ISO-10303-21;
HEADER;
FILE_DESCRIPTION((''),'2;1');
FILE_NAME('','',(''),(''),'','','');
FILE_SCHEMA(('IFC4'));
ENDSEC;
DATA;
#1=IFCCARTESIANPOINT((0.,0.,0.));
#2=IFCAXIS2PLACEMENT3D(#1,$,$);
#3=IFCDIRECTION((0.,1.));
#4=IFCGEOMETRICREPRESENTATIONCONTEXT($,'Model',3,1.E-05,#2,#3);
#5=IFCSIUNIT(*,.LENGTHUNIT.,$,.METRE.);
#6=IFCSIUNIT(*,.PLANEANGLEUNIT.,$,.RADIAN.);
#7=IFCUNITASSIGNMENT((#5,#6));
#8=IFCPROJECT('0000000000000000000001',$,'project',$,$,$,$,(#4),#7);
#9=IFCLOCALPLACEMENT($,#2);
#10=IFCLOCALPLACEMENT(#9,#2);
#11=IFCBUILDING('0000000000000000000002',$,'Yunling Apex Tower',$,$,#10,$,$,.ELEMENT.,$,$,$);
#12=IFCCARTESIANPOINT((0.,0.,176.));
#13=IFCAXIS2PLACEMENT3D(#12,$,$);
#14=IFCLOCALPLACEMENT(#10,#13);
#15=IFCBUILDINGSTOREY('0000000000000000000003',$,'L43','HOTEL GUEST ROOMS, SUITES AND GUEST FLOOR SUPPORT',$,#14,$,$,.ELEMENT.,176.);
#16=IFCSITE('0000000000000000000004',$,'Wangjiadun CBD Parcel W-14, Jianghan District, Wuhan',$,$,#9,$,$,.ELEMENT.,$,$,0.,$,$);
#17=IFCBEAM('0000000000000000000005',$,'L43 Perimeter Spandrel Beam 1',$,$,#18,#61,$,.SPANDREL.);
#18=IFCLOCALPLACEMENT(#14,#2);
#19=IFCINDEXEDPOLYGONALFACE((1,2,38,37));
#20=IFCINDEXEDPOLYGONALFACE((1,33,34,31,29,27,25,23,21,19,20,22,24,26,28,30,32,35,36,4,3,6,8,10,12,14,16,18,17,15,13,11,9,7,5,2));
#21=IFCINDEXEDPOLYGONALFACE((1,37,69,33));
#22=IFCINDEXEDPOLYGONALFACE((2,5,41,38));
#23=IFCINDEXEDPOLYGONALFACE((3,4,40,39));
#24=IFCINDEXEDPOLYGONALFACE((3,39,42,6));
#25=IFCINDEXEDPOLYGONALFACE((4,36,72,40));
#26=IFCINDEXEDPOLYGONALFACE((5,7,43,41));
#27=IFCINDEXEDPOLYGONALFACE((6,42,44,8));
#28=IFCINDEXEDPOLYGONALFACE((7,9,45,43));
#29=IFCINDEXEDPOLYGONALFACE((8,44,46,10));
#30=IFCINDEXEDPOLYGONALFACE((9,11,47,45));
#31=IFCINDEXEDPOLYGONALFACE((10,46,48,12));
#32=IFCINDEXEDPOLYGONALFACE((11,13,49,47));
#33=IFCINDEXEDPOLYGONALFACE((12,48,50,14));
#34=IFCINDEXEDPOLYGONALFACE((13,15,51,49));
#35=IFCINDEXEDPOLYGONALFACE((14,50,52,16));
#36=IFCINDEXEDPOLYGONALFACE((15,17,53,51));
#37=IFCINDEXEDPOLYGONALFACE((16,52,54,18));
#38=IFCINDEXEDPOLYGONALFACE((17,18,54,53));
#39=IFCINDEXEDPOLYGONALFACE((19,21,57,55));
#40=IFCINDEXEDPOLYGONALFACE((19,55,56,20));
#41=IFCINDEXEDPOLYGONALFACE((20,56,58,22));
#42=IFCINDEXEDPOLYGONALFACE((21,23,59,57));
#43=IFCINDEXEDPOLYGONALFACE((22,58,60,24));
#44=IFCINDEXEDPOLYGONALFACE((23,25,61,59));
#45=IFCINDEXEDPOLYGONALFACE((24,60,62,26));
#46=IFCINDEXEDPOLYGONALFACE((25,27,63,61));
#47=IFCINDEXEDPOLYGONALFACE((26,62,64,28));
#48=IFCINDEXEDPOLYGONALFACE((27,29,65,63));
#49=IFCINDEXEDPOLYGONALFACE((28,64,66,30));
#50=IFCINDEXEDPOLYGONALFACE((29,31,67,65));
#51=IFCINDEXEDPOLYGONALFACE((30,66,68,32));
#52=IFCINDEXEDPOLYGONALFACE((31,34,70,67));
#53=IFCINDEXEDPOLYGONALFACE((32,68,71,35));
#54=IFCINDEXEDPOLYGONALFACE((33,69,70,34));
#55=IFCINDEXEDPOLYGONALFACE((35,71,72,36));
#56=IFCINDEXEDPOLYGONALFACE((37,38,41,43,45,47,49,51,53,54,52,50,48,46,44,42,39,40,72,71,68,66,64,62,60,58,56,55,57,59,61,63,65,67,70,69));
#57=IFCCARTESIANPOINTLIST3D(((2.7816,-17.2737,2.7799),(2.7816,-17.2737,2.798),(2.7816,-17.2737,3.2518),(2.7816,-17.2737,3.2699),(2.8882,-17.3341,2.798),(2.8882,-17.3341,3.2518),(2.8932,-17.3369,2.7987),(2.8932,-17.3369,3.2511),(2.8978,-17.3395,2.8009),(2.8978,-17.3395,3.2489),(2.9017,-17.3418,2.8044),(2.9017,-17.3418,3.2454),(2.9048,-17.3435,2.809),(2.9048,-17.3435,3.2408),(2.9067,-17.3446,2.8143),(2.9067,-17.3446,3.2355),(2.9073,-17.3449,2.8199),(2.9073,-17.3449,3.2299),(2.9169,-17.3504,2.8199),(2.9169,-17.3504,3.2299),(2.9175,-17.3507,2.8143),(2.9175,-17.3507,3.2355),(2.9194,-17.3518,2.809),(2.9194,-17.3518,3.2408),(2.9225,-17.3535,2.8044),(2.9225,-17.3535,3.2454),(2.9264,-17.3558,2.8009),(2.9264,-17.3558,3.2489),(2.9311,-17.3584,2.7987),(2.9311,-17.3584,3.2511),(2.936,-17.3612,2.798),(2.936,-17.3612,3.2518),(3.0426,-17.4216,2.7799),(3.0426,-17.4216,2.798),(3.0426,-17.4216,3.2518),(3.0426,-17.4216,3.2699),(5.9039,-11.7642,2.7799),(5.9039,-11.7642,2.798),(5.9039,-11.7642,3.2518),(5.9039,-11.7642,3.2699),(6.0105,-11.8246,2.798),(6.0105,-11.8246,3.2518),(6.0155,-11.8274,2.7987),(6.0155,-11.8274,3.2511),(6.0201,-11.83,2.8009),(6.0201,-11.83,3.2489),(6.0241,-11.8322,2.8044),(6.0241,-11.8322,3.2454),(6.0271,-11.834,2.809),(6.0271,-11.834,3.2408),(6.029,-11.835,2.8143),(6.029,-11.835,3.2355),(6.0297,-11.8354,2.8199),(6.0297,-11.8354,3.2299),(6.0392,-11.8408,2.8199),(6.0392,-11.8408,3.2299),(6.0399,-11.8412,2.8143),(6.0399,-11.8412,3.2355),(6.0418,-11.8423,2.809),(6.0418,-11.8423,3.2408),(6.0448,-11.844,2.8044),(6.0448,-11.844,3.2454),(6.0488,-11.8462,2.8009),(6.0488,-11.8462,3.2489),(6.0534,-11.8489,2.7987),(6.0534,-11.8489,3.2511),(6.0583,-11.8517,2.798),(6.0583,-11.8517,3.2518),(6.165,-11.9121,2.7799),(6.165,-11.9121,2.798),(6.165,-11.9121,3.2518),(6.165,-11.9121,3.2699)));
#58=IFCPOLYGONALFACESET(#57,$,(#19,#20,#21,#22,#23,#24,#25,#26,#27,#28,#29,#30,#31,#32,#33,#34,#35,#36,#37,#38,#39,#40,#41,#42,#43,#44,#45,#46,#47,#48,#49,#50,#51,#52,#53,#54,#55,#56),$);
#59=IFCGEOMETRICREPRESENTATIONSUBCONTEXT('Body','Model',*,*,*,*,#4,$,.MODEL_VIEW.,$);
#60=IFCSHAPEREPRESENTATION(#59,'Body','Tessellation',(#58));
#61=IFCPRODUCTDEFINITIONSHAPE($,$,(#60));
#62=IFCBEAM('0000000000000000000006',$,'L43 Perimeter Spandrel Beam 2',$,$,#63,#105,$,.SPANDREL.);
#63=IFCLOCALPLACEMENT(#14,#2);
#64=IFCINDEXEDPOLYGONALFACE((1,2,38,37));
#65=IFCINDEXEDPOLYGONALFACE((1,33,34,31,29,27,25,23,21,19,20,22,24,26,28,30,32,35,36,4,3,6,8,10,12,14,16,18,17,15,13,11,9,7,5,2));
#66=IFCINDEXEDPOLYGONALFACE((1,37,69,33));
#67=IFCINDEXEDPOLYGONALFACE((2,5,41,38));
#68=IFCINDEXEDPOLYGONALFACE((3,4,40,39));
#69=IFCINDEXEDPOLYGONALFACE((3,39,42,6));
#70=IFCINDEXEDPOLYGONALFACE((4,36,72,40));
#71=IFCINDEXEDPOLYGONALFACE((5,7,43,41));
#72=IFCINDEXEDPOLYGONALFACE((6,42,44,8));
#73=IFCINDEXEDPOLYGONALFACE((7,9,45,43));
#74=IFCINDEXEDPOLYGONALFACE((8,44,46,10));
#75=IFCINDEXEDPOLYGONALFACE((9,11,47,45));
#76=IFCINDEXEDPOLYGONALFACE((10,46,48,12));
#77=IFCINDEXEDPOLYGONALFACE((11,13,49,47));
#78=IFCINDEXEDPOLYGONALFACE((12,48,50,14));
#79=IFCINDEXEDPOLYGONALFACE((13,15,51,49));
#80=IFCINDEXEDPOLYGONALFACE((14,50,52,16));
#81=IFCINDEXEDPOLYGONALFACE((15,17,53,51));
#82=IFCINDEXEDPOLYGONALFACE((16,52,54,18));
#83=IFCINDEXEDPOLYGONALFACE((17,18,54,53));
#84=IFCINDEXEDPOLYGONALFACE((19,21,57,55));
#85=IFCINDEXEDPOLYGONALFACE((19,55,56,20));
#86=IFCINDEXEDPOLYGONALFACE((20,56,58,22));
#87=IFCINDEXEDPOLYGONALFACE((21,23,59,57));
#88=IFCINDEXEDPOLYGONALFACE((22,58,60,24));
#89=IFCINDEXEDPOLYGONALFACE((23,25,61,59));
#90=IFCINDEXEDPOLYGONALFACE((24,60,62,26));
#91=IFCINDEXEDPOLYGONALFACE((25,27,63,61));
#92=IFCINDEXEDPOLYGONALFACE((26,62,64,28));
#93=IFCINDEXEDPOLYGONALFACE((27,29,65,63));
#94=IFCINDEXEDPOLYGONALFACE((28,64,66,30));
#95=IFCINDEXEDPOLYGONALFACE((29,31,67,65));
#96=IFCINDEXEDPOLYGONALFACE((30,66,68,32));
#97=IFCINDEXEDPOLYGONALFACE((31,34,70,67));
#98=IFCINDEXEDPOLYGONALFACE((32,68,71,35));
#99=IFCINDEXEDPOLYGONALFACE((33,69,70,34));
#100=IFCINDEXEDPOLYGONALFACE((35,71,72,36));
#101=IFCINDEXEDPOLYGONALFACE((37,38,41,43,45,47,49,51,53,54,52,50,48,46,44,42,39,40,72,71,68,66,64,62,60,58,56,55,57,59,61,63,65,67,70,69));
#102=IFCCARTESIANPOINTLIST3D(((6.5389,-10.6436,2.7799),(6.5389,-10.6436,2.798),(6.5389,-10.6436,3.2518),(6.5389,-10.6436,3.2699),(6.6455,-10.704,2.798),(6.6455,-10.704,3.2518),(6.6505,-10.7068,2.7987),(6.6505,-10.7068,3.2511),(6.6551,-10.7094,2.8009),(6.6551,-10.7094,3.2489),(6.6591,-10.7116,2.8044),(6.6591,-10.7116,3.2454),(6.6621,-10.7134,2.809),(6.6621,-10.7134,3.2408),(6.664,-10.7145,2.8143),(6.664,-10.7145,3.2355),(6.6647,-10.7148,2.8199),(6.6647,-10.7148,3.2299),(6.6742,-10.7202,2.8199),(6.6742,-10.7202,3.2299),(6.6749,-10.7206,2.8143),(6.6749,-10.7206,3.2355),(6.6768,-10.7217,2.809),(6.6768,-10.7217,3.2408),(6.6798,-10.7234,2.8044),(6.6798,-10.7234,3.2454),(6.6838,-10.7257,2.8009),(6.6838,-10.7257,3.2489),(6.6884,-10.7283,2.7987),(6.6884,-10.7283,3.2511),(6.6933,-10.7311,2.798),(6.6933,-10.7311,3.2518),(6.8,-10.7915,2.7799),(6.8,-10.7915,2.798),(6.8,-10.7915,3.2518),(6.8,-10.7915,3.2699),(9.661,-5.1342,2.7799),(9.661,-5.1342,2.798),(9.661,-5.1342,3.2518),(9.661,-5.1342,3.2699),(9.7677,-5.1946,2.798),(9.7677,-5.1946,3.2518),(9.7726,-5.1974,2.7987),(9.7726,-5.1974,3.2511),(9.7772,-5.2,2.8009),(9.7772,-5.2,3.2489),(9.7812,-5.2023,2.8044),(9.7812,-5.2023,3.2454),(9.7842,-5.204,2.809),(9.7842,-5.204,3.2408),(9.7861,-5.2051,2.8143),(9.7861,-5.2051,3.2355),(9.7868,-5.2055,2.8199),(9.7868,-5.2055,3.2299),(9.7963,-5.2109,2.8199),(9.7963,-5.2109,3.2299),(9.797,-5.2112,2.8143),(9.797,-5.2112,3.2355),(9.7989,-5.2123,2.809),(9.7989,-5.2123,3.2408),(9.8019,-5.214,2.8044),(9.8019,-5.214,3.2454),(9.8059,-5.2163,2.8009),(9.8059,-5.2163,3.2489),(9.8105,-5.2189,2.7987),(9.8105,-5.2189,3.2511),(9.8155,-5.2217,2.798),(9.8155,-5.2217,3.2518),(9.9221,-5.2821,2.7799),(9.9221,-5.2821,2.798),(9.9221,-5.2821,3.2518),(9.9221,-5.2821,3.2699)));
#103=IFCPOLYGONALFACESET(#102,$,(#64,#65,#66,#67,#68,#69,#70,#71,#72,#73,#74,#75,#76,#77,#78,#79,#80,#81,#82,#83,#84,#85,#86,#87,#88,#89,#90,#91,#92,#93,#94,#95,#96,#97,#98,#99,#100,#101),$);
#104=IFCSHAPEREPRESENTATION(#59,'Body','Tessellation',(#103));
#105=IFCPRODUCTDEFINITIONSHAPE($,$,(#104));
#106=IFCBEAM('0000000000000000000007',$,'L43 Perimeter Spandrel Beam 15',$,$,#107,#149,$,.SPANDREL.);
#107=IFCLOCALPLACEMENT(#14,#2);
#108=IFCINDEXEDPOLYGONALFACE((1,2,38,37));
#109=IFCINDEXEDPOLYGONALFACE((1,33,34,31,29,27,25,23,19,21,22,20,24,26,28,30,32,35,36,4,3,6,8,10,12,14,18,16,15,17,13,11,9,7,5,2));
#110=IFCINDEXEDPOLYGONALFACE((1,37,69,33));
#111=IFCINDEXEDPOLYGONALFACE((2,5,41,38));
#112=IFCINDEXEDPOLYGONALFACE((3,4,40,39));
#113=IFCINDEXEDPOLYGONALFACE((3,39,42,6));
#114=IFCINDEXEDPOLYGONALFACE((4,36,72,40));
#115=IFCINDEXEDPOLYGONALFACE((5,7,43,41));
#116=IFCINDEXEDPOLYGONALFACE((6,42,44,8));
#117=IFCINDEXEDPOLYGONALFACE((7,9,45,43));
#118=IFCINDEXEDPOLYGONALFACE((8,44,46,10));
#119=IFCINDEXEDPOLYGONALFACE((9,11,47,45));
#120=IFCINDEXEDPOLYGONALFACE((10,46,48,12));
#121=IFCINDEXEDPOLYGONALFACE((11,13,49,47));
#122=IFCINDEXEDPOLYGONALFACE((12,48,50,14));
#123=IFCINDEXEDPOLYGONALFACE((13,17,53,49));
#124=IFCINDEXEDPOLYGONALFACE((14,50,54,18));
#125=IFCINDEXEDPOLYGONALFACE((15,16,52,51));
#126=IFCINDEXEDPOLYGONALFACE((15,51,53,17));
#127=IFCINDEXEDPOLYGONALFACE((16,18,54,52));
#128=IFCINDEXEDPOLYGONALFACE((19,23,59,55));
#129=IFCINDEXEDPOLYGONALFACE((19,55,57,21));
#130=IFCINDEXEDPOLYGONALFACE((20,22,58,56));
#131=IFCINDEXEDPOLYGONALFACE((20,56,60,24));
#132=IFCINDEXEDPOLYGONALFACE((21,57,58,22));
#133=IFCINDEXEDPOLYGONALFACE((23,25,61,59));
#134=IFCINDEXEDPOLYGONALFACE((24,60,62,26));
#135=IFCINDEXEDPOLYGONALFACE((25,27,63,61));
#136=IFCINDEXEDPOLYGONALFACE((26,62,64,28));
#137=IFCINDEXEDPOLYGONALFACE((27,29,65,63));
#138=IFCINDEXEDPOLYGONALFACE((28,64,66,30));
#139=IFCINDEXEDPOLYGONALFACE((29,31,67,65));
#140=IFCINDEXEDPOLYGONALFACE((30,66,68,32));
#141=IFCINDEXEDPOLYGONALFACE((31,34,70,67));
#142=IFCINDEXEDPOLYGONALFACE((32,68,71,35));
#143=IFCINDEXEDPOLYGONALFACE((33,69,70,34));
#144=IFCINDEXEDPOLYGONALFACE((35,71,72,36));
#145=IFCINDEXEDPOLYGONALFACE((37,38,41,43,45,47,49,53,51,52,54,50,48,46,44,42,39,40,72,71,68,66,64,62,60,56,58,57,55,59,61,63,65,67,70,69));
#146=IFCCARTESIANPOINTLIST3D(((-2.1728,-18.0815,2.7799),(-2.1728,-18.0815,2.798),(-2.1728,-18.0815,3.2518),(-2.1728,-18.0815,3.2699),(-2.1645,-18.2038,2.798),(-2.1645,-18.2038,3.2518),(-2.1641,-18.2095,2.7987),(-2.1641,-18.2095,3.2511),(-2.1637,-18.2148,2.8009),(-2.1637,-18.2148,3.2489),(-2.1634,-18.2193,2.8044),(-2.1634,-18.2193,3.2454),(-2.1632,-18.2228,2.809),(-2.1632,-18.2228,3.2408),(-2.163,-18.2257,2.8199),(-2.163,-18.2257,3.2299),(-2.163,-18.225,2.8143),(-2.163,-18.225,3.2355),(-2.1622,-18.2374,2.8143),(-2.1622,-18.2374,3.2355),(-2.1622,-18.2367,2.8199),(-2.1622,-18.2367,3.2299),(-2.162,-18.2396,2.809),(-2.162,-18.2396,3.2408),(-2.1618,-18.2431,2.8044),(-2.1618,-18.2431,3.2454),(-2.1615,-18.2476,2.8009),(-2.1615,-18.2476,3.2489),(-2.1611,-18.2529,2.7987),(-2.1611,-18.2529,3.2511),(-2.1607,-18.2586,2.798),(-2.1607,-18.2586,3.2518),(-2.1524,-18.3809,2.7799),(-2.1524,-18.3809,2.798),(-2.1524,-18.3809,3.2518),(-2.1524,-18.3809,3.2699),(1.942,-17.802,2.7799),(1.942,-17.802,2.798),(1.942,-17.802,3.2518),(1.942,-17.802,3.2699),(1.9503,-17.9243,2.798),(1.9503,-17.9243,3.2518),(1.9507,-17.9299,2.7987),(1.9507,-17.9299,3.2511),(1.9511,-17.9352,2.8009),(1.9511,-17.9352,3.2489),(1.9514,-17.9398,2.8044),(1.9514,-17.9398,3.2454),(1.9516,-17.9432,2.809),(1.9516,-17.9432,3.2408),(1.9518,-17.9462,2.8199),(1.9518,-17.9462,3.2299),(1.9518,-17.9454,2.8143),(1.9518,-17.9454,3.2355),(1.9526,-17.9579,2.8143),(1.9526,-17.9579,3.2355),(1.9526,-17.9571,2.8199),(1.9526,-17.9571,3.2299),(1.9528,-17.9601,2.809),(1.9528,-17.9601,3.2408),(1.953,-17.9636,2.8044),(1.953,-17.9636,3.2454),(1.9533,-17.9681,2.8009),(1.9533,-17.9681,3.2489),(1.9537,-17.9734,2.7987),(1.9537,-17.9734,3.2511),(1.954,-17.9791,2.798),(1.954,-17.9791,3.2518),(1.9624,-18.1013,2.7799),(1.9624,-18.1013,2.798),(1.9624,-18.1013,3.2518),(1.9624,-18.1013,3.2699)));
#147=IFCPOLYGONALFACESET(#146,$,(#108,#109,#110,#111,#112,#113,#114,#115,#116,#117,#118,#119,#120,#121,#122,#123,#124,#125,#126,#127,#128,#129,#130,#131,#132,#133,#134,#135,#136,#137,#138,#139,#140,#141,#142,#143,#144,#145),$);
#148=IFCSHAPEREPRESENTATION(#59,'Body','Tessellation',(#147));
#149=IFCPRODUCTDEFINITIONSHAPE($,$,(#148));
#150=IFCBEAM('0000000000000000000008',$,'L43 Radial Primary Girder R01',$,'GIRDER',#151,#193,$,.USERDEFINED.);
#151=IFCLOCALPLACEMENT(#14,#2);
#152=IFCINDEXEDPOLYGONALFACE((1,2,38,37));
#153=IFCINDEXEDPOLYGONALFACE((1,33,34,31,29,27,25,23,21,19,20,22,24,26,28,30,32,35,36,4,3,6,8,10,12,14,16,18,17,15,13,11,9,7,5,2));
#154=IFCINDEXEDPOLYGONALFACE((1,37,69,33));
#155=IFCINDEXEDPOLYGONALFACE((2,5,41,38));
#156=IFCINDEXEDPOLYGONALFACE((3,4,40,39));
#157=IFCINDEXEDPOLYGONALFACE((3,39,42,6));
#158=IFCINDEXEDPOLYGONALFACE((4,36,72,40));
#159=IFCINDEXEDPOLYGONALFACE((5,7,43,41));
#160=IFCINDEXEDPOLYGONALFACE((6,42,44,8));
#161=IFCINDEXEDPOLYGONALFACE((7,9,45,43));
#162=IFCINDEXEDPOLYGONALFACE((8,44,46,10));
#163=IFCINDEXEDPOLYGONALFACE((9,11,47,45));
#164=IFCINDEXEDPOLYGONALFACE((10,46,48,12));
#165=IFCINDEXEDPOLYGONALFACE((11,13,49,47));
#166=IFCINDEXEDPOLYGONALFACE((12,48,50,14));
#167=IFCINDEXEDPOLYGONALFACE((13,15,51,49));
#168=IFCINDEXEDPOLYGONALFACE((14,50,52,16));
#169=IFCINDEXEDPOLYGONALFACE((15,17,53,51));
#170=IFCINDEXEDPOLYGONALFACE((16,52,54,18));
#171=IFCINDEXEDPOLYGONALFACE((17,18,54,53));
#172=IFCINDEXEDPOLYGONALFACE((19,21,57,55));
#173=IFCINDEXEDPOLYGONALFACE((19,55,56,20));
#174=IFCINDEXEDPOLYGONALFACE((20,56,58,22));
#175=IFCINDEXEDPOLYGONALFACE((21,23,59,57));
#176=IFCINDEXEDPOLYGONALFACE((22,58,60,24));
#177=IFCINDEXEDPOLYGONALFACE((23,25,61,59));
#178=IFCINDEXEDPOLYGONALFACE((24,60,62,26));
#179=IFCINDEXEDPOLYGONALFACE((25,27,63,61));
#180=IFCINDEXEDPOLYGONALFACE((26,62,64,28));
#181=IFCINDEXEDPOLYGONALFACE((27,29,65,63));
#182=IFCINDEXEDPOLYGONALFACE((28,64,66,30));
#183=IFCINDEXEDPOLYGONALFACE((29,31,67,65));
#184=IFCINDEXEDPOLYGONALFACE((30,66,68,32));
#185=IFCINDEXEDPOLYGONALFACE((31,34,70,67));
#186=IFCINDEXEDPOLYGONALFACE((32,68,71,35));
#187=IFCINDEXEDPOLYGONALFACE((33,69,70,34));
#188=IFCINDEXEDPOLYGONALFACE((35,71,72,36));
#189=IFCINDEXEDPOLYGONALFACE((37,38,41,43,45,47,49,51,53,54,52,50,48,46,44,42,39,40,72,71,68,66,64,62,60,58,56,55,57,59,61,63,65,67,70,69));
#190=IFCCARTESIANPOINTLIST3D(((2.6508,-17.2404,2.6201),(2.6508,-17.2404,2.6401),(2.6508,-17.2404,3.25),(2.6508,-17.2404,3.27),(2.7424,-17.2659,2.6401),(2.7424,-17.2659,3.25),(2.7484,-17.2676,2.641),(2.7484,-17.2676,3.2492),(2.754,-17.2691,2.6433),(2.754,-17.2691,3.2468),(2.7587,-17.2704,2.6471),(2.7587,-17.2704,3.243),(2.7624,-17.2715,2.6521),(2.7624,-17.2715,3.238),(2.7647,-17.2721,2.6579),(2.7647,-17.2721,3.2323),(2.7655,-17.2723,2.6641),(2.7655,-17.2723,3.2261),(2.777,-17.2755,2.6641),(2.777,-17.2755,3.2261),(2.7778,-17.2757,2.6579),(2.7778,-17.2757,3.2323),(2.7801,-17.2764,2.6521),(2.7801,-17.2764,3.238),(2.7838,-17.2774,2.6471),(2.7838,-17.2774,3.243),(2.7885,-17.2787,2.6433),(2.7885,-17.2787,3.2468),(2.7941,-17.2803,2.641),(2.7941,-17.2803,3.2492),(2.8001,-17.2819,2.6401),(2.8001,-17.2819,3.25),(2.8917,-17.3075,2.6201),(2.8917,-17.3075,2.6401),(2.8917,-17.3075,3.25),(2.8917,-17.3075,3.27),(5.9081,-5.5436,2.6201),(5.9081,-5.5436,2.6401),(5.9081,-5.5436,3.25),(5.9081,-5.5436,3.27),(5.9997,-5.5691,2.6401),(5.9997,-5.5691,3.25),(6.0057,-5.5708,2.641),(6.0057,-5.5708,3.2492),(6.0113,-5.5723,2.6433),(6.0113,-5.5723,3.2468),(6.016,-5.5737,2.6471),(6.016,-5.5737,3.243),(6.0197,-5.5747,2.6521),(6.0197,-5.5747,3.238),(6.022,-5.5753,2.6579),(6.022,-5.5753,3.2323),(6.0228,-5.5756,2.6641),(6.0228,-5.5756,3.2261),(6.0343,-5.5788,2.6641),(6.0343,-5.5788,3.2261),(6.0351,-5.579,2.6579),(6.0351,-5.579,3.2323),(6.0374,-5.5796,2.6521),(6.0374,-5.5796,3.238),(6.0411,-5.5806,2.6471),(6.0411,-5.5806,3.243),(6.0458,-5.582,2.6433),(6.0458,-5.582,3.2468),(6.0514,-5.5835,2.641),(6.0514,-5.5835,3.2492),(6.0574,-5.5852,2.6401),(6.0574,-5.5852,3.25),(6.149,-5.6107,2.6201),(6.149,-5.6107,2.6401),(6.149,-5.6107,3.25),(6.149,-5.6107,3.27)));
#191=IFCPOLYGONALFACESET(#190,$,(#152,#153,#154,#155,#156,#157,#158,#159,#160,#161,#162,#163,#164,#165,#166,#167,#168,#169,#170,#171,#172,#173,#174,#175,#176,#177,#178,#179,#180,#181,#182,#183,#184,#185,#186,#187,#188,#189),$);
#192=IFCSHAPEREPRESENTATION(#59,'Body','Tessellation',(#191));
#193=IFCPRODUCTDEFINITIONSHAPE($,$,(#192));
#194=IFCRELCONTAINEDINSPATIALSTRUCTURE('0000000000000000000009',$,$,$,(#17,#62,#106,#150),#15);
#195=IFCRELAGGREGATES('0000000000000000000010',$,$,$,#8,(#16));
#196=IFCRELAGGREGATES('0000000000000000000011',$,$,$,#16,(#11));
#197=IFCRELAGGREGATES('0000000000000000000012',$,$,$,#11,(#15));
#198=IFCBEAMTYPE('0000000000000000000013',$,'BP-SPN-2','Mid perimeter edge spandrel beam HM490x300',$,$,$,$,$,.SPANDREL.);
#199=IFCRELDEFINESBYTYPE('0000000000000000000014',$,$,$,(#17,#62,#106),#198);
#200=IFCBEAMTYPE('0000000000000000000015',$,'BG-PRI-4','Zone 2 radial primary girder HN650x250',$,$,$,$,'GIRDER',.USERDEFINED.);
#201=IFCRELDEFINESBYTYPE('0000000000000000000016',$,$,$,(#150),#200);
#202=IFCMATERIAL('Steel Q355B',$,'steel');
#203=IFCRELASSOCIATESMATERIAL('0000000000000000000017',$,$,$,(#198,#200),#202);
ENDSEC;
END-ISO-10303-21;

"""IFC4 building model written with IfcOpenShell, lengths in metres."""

from ifc_helpers import new_model, si_unit, direction, frame, origin, origin_2d, place, context, subcontext, project, spatial, i_section, extrude, source, transform, mapped, material, material_profile, profile_set, type_object, element, save


model = new_model("IFC4")

# Units and contexts
model_context = context("Model", 3, precision=1e-05, world=origin(), true_north=direction((0.0, 1.0)))
body_context = subcontext(model_context, "Body", "Model", "MODEL_VIEW")
ifc_project = project(units=[si_unit("LENGTHUNIT", "METRE"), si_unit("PLANEANGLEUNIT", "RADIAN")], contexts=[model_context])

# Site, building, storey
site_placement = place(None, origin())
site = spatial("IfcSite", under=ifc_project, at=site_placement, Name="Wangjiadun CBD Parcel W-14, Jianghan District, Wuhan", CompositionType="ELEMENT", RefElevation=0.0)
building_placement = place(site_placement, origin())
building = spatial("IfcBuilding", under=site, at=building_placement, Name="Yunling Apex Tower", CompositionType="ELEMENT")
storey_placement = place(building_placement, frame((0.0, 0.0, 176.0)))
storey = spatial("IfcBuildingStorey", under=building, at=storey_placement, Name="L43", Description="HOTEL GUEST ROOMS, SUITES AND GUEST FLOOR SUPPORT", CompositionType="ELEMENT", Elevation=176.0)

# Beams
ifc_material_1 = material(Name="Steel Q355B", Category="steel")
ifc_material_profile_1 = material_profile(ifc_material_1, i_section(OverallWidth=0.3, OverallDepth=0.49, WebThickness=0.011, FlangeThickness=0.0181, FilletRadius=0.022, at=origin_2d()))
ifc_profile_set_1 = profile_set([ifc_material_profile_1], Name="Steel Q355B")
beam_type_1 = type_object("IfcBeamType", Name="BP-SPN-2", Description="Mid perimeter edge spandrel beam HM490x300", PredefinedType="SPANDREL", material=ifc_profile_set_1)
shared_shape_1 = source(origin(), body_context, "Body", "SweptSolid", [
    extrude(i_section(OverallWidth=0.3, OverallDepth=0.49, WebThickness=0.011, FlangeThickness=0.0181, FilletRadius=0.022, at=origin_2d()), origin(), (0.0, 0.0, 1.0), 6.3328),
])
beam_1_placement = place(storey_placement, frame((2.9121, -17.3477, 3.0249), z_axis=(0.493043, 0.870005, 0.0), x_axis=(-0.870005, 0.493043, 0.0)))
element("IfcBeam", 1, at=beam_1_placement, inside=storey, type_object=beam_type_1, Name="L43 Perimeter Spandrel Beam 1", PredefinedType="SPANDREL", context=body_context, shape_type="MappedRepresentation", body=[
    mapped(shared_shape_1, transform((0.0, 0.0, 0.0), scale=1.0)),
])
shared_shape_2 = source(origin(), body_context, "Body", "SweptSolid", [
    extrude(i_section(OverallWidth=0.3, OverallDepth=0.49, WebThickness=0.011, FlangeThickness=0.0181, FilletRadius=0.022, at=origin_2d()), origin(), (0.0, 0.0, 1.0), 6.3325),
])
beam_2_placement = place(storey_placement, frame((6.6694, -10.7175, 3.0249), z_axis=(0.49303, 0.870012, 0.0), x_axis=(-0.870012, 0.49303, 0.0)))
element("IfcBeam", 2, at=beam_2_placement, inside=storey, type_object=beam_type_1, Name="L43 Perimeter Spandrel Beam 2", PredefinedType="SPANDREL", context=body_context, shape_type="MappedRepresentation", body=[
    mapped(shared_shape_2, transform((0.0, 0.0, 0.0), scale=1.0)),
])
shared_shape_3 = source(origin(), body_context, "Body", "SweptSolid", [
    extrude(i_section(OverallWidth=0.3, OverallDepth=0.49, WebThickness=0.011, FlangeThickness=0.0181, FilletRadius=0.022, at=origin_2d()), origin(), (0.0, 0.0, 1.0), 4.1243),
])
beam_3_placement = place(storey_placement, frame((-2.1626, -18.2312, 3.0249), z_axis=(0.9977, 0.06778, 0.0), x_axis=(-0.06778, 0.9977, 0.0)))
element("IfcBeam", 3, at=beam_3_placement, inside=storey, type_object=beam_type_1, Name="L43 Perimeter Spandrel Beam 15", PredefinedType="SPANDREL", context=body_context, shape_type="MappedRepresentation", body=[
    mapped(shared_shape_3, transform((0.0, 0.0, 0.0), scale=1.0)),
])
ifc_material_profile_2 = material_profile(ifc_material_1, i_section(OverallWidth=0.25, OverallDepth=0.6499, WebThickness=0.012, FlangeThickness=0.02, FilletRadius=0.0239, at=origin_2d()))
ifc_profile_set_2 = profile_set([ifc_material_profile_2], Name="Steel Q355B")
beam_type_2 = type_object("IfcBeamType", Name="BG-PRI-4", Description="Zone 2 radial primary girder HN650x250", ElementType="GIRDER", PredefinedType="USERDEFINED", material=ifc_profile_set_2)
shared_shape_4 = source(origin(), body_context, "Body", "SweptSolid", [
    extrude(i_section(OverallWidth=0.25, OverallDepth=0.6499, WebThickness=0.012, FlangeThickness=0.02, FilletRadius=0.0239, at=origin_2d()), origin(), (0.0, 0.0, 1.0), 12.1418),
])
beam_4_placement = place(storey_placement, frame((2.7712, -17.2739, 2.9451), z_axis=(0.268272, 0.963343, 0.0), x_axis=(-0.963343, 0.268272, 0.0)))
element("IfcBeam", 4, at=beam_4_placement, inside=storey, type_object=beam_type_2, Name="L43 Radial Primary Girder R01", ObjectType="GIRDER", PredefinedType="USERDEFINED", context=body_context, shape_type="MappedRepresentation", body=[
    mapped(shared_shape_4, transform((0.0, 0.0, 0.0), scale=1.0)),
])

save(model, "model.ifc")
